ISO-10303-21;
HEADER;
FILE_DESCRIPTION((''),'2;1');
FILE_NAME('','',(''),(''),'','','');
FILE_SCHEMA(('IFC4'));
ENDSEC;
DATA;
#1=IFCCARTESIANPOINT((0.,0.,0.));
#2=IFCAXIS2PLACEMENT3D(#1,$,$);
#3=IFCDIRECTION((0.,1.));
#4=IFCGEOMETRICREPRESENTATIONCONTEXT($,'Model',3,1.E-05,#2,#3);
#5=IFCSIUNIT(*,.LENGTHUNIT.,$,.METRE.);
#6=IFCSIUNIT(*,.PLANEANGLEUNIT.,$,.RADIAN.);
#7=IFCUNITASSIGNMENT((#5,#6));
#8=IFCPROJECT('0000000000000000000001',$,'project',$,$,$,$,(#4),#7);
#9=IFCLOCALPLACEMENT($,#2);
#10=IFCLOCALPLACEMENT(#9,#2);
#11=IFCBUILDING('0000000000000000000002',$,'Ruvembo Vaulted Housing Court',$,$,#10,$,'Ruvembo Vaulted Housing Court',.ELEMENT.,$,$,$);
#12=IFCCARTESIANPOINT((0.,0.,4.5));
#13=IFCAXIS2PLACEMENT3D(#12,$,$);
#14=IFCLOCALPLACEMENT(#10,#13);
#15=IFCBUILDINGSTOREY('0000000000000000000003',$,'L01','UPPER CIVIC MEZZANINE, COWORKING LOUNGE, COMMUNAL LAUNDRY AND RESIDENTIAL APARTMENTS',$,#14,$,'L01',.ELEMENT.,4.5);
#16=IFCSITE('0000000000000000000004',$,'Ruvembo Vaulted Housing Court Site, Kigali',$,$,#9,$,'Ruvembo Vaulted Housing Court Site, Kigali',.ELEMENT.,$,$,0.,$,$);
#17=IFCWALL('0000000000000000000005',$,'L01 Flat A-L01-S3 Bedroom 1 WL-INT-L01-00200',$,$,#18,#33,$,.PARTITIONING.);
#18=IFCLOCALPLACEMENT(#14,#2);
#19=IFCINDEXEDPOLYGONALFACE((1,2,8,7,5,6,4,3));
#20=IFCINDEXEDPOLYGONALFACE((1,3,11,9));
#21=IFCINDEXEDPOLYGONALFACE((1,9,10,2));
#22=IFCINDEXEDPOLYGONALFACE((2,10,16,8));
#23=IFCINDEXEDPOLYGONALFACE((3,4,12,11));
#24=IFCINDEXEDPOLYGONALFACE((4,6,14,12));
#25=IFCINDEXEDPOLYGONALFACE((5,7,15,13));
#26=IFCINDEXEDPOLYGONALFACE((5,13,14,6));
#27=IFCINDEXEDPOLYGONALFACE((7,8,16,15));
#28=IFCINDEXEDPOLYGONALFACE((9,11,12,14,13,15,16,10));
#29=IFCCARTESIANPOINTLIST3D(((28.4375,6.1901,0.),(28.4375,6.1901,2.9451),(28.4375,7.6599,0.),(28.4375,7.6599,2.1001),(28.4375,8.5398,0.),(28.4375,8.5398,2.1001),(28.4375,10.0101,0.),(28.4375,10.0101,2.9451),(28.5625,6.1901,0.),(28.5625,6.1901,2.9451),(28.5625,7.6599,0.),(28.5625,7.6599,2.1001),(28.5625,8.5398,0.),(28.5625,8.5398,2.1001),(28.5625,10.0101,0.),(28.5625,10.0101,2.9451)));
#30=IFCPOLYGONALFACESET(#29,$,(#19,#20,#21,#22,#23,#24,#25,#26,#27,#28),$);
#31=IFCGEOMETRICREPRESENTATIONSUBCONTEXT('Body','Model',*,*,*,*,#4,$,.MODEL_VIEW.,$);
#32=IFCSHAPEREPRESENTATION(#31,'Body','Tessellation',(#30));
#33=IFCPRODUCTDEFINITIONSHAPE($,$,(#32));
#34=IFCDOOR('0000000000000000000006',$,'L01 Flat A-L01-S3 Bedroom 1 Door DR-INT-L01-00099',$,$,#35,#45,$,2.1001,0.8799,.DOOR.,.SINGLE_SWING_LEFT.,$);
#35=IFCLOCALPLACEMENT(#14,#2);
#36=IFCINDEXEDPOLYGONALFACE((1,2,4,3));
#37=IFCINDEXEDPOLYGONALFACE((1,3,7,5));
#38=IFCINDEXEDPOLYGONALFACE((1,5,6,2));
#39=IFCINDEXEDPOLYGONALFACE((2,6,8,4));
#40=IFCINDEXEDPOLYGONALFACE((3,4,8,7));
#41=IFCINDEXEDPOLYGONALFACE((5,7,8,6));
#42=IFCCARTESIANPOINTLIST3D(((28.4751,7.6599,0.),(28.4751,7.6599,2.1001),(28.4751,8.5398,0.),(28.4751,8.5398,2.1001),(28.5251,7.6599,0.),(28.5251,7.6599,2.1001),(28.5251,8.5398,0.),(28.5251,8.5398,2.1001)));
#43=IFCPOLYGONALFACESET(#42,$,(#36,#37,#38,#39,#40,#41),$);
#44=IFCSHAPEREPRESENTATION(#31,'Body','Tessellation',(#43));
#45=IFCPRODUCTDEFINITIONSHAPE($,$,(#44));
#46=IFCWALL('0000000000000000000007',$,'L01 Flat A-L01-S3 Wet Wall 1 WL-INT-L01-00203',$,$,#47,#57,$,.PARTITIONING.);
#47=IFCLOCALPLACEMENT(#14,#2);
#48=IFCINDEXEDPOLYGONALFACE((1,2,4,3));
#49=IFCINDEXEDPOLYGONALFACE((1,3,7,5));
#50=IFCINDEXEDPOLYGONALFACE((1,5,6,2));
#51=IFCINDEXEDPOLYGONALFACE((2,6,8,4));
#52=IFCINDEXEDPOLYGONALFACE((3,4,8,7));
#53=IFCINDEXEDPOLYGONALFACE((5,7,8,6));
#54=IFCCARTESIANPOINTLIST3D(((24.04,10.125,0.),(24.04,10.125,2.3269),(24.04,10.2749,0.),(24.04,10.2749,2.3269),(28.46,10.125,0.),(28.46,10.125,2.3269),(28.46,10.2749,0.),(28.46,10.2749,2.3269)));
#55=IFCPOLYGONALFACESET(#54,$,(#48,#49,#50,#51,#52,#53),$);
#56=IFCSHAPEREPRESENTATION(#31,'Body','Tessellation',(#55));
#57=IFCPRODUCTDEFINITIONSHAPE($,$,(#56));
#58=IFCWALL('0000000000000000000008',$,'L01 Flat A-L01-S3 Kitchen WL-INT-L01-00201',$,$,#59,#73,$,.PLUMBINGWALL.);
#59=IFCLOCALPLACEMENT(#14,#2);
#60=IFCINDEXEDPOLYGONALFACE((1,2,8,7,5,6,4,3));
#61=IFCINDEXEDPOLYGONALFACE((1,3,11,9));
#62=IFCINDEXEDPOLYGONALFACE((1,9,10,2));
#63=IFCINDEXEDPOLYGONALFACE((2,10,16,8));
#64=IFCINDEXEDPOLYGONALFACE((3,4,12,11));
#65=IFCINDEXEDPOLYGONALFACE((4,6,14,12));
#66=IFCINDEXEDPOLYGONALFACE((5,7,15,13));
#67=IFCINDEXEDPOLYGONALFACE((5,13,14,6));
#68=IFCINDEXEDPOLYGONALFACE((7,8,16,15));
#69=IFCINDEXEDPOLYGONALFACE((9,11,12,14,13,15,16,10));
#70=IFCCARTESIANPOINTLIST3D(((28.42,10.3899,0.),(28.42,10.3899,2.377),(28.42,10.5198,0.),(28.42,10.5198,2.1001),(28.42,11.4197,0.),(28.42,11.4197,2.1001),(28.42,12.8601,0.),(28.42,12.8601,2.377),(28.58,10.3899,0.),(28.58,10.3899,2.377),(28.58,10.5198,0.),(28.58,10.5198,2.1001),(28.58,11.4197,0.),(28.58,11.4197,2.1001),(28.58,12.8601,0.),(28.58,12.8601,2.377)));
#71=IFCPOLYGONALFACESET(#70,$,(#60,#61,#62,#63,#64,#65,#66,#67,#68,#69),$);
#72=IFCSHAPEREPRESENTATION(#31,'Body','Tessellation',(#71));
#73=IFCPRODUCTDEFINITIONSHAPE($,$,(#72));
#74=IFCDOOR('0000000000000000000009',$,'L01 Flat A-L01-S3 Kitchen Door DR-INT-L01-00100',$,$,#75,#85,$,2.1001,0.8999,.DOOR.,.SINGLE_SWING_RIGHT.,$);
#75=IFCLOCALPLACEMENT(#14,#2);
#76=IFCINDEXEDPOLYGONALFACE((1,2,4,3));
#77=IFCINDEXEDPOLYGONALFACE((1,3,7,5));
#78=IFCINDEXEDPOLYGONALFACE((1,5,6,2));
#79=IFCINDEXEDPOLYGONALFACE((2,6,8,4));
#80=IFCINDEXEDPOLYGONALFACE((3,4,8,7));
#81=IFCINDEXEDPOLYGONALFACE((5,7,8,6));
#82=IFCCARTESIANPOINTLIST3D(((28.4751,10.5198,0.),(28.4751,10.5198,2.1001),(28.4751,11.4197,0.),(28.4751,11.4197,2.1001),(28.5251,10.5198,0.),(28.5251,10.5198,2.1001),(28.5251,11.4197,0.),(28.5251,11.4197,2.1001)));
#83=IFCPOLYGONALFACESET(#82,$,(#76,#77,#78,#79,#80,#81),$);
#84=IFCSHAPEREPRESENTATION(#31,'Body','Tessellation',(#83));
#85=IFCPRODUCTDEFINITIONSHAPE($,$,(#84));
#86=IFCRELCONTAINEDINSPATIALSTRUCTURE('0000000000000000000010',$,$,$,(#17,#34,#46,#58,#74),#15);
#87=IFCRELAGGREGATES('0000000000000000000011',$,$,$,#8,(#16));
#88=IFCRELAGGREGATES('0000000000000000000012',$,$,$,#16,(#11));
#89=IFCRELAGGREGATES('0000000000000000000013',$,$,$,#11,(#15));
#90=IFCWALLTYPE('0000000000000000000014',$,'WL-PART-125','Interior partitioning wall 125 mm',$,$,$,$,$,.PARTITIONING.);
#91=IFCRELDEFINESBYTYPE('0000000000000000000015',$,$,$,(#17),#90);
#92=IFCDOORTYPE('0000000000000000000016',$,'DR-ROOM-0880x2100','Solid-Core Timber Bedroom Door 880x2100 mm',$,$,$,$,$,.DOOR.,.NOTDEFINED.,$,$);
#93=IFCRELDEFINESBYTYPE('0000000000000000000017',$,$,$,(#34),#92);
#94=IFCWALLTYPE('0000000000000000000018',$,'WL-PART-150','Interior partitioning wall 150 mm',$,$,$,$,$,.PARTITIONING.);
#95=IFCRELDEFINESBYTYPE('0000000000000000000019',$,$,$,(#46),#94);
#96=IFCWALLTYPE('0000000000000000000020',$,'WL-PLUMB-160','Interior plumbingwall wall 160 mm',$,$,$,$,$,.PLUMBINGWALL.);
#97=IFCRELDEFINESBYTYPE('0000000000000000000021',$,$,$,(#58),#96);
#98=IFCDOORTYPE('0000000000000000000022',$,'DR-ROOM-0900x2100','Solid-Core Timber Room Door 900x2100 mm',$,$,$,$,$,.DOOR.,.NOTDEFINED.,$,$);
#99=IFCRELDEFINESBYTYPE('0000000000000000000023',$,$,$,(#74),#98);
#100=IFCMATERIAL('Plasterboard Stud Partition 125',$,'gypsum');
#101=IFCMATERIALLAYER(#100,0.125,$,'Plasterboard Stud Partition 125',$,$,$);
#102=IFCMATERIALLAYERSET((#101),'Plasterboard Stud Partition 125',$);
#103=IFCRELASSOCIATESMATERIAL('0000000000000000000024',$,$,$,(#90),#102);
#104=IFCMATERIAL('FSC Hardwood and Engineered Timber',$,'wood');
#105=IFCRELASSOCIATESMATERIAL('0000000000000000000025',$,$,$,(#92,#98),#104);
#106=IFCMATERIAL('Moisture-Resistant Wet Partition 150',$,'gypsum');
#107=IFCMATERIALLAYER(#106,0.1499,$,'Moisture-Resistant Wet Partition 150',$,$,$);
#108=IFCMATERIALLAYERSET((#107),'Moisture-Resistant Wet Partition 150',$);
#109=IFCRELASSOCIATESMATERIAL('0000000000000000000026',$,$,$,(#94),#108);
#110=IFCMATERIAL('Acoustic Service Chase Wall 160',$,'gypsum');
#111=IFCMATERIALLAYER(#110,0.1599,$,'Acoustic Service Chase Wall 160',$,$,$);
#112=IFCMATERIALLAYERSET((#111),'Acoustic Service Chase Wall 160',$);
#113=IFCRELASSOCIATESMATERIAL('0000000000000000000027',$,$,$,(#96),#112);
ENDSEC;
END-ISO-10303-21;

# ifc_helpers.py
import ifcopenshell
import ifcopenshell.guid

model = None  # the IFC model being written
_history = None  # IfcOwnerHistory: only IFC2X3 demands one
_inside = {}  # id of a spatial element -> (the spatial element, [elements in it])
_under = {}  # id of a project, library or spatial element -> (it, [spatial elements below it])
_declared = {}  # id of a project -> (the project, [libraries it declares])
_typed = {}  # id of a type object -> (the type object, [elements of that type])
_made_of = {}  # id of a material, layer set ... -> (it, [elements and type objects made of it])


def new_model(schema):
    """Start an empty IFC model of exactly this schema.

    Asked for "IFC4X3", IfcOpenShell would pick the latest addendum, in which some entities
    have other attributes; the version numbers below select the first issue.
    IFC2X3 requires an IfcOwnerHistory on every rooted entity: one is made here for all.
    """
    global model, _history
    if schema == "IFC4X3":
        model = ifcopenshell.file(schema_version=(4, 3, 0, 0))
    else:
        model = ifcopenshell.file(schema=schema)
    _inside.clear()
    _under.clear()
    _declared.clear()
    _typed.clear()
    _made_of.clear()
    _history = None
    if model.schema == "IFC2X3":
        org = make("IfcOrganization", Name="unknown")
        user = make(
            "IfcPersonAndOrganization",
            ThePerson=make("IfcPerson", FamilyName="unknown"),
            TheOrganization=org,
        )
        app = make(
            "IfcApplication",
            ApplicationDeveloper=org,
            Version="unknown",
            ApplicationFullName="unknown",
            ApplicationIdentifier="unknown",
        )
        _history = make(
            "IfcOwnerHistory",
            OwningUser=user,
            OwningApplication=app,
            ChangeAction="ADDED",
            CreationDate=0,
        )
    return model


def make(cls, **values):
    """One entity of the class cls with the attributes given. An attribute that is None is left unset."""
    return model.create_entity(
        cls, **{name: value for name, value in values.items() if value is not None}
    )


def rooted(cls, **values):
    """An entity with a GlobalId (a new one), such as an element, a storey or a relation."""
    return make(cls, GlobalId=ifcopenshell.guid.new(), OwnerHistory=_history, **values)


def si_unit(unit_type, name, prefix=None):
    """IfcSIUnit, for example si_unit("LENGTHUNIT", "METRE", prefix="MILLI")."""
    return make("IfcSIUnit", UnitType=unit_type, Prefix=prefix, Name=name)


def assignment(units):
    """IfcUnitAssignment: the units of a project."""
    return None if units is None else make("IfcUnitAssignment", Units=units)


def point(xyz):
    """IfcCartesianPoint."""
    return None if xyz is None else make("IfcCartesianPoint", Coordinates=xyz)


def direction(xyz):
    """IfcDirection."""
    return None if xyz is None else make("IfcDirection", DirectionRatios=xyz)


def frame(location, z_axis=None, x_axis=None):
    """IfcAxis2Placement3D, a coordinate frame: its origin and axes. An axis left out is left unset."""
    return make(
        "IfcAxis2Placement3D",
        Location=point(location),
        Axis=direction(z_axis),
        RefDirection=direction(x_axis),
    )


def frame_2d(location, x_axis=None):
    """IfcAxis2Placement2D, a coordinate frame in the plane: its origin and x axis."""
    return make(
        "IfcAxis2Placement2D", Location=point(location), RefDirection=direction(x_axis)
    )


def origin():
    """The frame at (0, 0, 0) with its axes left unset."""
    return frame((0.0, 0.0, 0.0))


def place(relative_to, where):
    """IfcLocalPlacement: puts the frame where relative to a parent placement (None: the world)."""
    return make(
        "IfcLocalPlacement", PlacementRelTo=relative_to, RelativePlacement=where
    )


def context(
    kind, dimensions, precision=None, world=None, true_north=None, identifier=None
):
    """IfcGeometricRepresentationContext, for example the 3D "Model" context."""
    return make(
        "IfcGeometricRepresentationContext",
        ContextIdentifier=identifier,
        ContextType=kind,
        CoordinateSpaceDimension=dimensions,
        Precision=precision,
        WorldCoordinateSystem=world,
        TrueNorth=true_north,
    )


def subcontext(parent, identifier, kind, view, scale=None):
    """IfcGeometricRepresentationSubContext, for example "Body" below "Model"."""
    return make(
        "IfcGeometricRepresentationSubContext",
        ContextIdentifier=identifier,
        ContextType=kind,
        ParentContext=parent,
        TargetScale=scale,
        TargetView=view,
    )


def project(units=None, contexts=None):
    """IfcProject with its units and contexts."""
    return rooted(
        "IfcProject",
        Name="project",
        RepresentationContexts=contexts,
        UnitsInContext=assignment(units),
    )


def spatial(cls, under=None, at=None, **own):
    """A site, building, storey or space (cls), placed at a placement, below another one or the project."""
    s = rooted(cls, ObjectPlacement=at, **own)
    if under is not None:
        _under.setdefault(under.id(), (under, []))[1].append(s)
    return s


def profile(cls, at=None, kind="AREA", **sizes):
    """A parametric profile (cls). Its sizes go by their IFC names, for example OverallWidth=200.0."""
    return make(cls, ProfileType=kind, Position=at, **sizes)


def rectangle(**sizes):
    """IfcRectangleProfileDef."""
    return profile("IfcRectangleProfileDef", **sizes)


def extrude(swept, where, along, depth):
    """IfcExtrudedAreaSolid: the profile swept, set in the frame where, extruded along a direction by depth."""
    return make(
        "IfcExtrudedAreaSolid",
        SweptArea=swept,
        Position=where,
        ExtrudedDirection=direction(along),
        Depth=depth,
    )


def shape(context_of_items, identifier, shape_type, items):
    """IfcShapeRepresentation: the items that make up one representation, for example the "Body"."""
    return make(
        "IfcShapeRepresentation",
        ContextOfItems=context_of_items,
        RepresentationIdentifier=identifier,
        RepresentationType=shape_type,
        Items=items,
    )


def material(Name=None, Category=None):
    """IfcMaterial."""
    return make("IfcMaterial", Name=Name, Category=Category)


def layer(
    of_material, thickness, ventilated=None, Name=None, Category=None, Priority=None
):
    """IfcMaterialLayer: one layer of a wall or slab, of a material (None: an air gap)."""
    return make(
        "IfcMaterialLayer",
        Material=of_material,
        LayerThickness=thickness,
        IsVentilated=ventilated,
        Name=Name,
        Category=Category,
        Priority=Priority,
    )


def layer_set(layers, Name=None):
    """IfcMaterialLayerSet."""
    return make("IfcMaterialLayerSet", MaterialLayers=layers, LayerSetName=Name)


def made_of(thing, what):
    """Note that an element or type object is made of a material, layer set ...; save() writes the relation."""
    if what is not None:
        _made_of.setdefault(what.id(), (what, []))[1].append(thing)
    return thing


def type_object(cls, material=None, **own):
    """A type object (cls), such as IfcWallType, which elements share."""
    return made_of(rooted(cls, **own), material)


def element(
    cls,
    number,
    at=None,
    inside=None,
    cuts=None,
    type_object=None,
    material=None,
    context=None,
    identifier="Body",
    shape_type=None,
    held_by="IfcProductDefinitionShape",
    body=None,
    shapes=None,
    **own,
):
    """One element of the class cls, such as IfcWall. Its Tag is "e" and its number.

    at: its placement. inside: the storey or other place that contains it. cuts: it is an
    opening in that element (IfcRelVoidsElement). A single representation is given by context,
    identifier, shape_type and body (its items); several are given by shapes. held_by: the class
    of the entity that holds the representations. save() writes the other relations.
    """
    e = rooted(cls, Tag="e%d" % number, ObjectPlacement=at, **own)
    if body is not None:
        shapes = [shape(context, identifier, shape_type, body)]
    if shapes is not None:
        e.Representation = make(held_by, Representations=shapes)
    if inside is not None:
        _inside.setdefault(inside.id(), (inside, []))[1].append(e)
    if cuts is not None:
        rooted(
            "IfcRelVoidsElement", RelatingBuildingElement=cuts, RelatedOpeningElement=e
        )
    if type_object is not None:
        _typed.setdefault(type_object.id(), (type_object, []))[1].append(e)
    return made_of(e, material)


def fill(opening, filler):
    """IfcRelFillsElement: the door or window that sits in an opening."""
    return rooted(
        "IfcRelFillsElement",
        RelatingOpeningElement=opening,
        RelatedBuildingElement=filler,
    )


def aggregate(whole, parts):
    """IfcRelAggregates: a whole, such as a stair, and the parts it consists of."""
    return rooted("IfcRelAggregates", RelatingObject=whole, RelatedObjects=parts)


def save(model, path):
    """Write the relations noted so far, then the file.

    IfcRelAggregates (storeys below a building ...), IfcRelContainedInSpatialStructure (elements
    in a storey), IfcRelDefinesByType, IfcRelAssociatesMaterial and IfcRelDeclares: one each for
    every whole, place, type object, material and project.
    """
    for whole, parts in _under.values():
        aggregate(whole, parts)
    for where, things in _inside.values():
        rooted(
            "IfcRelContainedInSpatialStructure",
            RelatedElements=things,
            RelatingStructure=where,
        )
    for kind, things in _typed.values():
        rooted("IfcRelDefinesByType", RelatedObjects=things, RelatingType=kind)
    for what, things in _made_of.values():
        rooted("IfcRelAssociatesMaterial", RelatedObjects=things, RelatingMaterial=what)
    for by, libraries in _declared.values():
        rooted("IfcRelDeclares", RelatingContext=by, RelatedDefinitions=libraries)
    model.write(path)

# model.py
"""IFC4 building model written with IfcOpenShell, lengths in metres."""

from ifc_helpers import new_model, si_unit, direction, frame, frame_2d, origin, place, context, subcontext, project, spatial, rectangle, extrude, material, layer, layer_set, type_object, element, fill, save


model = new_model("IFC4")

# Units and contexts
model_context = context("Model", 3, precision=1e-05, world=origin(), true_north=direction((0.0, 1.0)))
body_context = subcontext(model_context, "Body", "Model", "MODEL_VIEW")
ifc_project = project(units=[si_unit("LENGTHUNIT", "METRE"), si_unit("PLANEANGLEUNIT", "RADIAN")], contexts=[model_context])

# Site, building, storey
site_placement = place(None, origin())
site = spatial("IfcSite", under=ifc_project, at=site_placement, Name="Ruvembo Vaulted Housing Court Site, Kigali", LongName="Ruvembo Vaulted Housing Court Site, Kigali", CompositionType="ELEMENT", RefElevation=0.0)
building_placement = place(site_placement, origin())
building = spatial("IfcBuilding", under=site, at=building_placement, Name="Ruvembo Vaulted Housing Court", LongName="Ruvembo Vaulted Housing Court", CompositionType="ELEMENT")
storey_placement = place(building_placement, frame((0.0, 0.0, 4.5)))
storey = spatial("IfcBuildingStorey", under=building, at=storey_placement, Name="L01", Description="UPPER CIVIC MEZZANINE, COWORKING LOUNGE, COMMUNAL LAUNDRY AND RESIDENTIAL APARTMENTS", LongName="L01", CompositionType="ELEMENT", Elevation=4.5)

# Wall, opening, door
ifc_material_1 = material(Name="Plasterboard Stud Partition 125", Category="gypsum")
ifc_layer_1 = layer(ifc_material_1, 0.125, Name="Plasterboard Stud Partition 125")
ifc_layer_set_1 = layer_set([ifc_layer_1], Name="Plasterboard Stud Partition 125")
wall_type_1 = type_object("IfcWallType", Name="WL-PART-125", Description="Interior partitioning wall 125 mm", PredefinedType="PARTITIONING", material=ifc_layer_set_1)
wall_1_placement = place(storey_placement, frame((28.5, 6.1899, 0.0), z_axis=(0.0, 0.0, 1.0), x_axis=(0.0, 1.0, 0.0)))
wall_1 = element("IfcWall", 1, at=wall_1_placement, inside=storey, type_object=wall_type_1, Name="L01 Flat A-L01-S3 Bedroom 1 WL-INT-L01-00200", PredefinedType="PARTITIONING", context=body_context, shape_type="SweptSolid", body=[
    extrude(rectangle(XDim=3.8201, YDim=0.125, at=frame_2d((1.9102, 0.0))), origin(), (0.0, 0.0, 1.0), 2.9451),
])
opening_1_placement = place(wall_1_placement, frame((1.47, 0.0, 0.0)))
opening_1 = element("IfcOpeningElement", 2, at=opening_1_placement, cuts=wall_1, PredefinedType="OPENING", context=body_context, shape_type="SweptSolid", body=[
    extrude(rectangle(XDim=0.8799, YDim=2.1001, at=frame_2d((0.4399, 1.05))), frame((0.0, 0.0725, 0.0), z_axis=(0.0, -1.0, 0.0), x_axis=(1.0, 0.0, 0.0)), (0.0, 0.0, 1.0), 0.145),
])
ifc_material_2 = material(Name="FSC Hardwood and Engineered Timber", Category="wood")
door_type_1 = type_object("IfcDoorType", Name="DR-ROOM-0880x2100", Description="Solid-Core Timber Bedroom Door 880x2100 mm", OperationType="NOTDEFINED", PredefinedType="DOOR", material=ifc_material_2)
door_1_placement = place(opening_1_placement, origin())
door_1 = element("IfcDoor", 3, at=door_1_placement, inside=storey, type_object=door_type_1, Name="L01 Flat A-L01-S3 Bedroom 1 Door DR-INT-L01-00099", OperationType="SINGLE_SWING_LEFT", OverallHeight=2.1001, OverallWidth=0.8799, PredefinedType="DOOR", context=body_context, shape_type="SweptSolid", body=[
    extrude(rectangle(XDim=0.8799, YDim=2.1001, at=frame_2d((0.4399, 1.05))), frame((0.0, 0.0249, 0.0), z_axis=(0.0, -1.0, 0.0), x_axis=(1.0, 0.0, 0.0)), (0.0, 0.0, 1.0), 0.05),
])
fill(opening_1, door_1)

# Wall
ifc_material_3 = material(Name="Moisture-Resistant Wet Partition 150", Category="gypsum")
ifc_layer_2 = layer(ifc_material_3, 0.1499, Name="Moisture-Resistant Wet Partition 150")
ifc_layer_set_2 = layer_set([ifc_layer_2], Name="Moisture-Resistant Wet Partition 150")
wall_type_2 = type_object("IfcWallType", Name="WL-PART-150", Description="Interior partitioning wall 150 mm", PredefinedType="PARTITIONING", material=ifc_layer_set_2)
wall_2_placement = place(storey_placement, frame((24.04, 10.2, 0.0), z_axis=(0.0, 0.0, 1.0), x_axis=(1.0, 0.0, 0.0)))
element("IfcWall", 4, at=wall_2_placement, inside=storey, type_object=wall_type_2, Name="L01 Flat A-L01-S3 Wet Wall 1 WL-INT-L01-00203", PredefinedType="PARTITIONING", context=body_context, shape_type="SweptSolid", body=[
    extrude(rectangle(XDim=4.4199, YDim=0.1499, at=frame_2d((2.21, 0.0))), origin(), (0.0, 0.0, 1.0), 2.3269),
])

# Wall, opening, door
ifc_material_4 = material(Name="Acoustic Service Chase Wall 160", Category="gypsum")
ifc_layer_3 = layer(ifc_material_4, 0.1599, Name="Acoustic Service Chase Wall 160")
ifc_layer_set_3 = layer_set([ifc_layer_3], Name="Acoustic Service Chase Wall 160")
wall_type_3 = type_object("IfcWallType", Name="WL-PLUMB-160", Description="Interior plumbingwall wall 160 mm", PredefinedType="PLUMBINGWALL", material=ifc_layer_set_3)
wall_3_placement = place(storey_placement, frame((28.5, 10.3899, 0.0), z_axis=(0.0, 0.0, 1.0), x_axis=(0.0, 1.0, 0.0)))
wall_3 = element("IfcWall", 5, at=wall_3_placement, inside=storey, type_object=wall_type_3, Name="L01 Flat A-L01-S3 Kitchen WL-INT-L01-00201", PredefinedType="PLUMBINGWALL", context=body_context, shape_type="SweptSolid", body=[
    extrude(rectangle(XDim=2.4702, YDim=0.1599, at=frame_2d((1.2351, 0.0))), origin(), (0.0, 0.0, 1.0), 2.377),
])
opening_2_placement = place(wall_3_placement, frame((0.1299, 0.0, 0.0)))
opening_2 = element("IfcOpeningElement", 6, at=opening_2_placement, cuts=wall_3, PredefinedType="OPENING", context=body_context, shape_type="SweptSolid", body=[
    extrude(rectangle(XDim=0.8999, YDim=2.1001, at=frame_2d((0.45, 1.05))), frame((0.0, 0.0898, 0.0), z_axis=(0.0, -1.0, 0.0), x_axis=(1.0, 0.0, 0.0)), (0.0, 0.0, 1.0), 0.1799),
])
door_type_2 = type_object("IfcDoorType", Name="DR-ROOM-0900x2100", Description="Solid-Core Timber Room Door 900x2100 mm", OperationType="NOTDEFINED", PredefinedType="DOOR", material=ifc_material_2)
door_2_placement = place(opening_2_placement, origin())
door_2 = element("IfcDoor", 7, at=door_2_placement, inside=storey, type_object=door_type_2, Name="L01 Flat A-L01-S3 Kitchen Door DR-INT-L01-00100", OperationType="SINGLE_SWING_RIGHT", OverallHeight=2.1001, OverallWidth=0.8999, PredefinedType="DOOR", context=body_context, shape_type="SweptSolid", body=[
    extrude(rectangle(XDim=0.8999, YDim=2.1001, at=frame_2d((0.45, 1.05))), frame((0.0, 0.0249, 0.0), z_axis=(0.0, -1.0, 0.0), x_axis=(1.0, 0.0, 0.0)), (0.0, 0.0, 1.0), 0.05),
])
fill(opening_2, door_2)

save(model, "model.ifc")
